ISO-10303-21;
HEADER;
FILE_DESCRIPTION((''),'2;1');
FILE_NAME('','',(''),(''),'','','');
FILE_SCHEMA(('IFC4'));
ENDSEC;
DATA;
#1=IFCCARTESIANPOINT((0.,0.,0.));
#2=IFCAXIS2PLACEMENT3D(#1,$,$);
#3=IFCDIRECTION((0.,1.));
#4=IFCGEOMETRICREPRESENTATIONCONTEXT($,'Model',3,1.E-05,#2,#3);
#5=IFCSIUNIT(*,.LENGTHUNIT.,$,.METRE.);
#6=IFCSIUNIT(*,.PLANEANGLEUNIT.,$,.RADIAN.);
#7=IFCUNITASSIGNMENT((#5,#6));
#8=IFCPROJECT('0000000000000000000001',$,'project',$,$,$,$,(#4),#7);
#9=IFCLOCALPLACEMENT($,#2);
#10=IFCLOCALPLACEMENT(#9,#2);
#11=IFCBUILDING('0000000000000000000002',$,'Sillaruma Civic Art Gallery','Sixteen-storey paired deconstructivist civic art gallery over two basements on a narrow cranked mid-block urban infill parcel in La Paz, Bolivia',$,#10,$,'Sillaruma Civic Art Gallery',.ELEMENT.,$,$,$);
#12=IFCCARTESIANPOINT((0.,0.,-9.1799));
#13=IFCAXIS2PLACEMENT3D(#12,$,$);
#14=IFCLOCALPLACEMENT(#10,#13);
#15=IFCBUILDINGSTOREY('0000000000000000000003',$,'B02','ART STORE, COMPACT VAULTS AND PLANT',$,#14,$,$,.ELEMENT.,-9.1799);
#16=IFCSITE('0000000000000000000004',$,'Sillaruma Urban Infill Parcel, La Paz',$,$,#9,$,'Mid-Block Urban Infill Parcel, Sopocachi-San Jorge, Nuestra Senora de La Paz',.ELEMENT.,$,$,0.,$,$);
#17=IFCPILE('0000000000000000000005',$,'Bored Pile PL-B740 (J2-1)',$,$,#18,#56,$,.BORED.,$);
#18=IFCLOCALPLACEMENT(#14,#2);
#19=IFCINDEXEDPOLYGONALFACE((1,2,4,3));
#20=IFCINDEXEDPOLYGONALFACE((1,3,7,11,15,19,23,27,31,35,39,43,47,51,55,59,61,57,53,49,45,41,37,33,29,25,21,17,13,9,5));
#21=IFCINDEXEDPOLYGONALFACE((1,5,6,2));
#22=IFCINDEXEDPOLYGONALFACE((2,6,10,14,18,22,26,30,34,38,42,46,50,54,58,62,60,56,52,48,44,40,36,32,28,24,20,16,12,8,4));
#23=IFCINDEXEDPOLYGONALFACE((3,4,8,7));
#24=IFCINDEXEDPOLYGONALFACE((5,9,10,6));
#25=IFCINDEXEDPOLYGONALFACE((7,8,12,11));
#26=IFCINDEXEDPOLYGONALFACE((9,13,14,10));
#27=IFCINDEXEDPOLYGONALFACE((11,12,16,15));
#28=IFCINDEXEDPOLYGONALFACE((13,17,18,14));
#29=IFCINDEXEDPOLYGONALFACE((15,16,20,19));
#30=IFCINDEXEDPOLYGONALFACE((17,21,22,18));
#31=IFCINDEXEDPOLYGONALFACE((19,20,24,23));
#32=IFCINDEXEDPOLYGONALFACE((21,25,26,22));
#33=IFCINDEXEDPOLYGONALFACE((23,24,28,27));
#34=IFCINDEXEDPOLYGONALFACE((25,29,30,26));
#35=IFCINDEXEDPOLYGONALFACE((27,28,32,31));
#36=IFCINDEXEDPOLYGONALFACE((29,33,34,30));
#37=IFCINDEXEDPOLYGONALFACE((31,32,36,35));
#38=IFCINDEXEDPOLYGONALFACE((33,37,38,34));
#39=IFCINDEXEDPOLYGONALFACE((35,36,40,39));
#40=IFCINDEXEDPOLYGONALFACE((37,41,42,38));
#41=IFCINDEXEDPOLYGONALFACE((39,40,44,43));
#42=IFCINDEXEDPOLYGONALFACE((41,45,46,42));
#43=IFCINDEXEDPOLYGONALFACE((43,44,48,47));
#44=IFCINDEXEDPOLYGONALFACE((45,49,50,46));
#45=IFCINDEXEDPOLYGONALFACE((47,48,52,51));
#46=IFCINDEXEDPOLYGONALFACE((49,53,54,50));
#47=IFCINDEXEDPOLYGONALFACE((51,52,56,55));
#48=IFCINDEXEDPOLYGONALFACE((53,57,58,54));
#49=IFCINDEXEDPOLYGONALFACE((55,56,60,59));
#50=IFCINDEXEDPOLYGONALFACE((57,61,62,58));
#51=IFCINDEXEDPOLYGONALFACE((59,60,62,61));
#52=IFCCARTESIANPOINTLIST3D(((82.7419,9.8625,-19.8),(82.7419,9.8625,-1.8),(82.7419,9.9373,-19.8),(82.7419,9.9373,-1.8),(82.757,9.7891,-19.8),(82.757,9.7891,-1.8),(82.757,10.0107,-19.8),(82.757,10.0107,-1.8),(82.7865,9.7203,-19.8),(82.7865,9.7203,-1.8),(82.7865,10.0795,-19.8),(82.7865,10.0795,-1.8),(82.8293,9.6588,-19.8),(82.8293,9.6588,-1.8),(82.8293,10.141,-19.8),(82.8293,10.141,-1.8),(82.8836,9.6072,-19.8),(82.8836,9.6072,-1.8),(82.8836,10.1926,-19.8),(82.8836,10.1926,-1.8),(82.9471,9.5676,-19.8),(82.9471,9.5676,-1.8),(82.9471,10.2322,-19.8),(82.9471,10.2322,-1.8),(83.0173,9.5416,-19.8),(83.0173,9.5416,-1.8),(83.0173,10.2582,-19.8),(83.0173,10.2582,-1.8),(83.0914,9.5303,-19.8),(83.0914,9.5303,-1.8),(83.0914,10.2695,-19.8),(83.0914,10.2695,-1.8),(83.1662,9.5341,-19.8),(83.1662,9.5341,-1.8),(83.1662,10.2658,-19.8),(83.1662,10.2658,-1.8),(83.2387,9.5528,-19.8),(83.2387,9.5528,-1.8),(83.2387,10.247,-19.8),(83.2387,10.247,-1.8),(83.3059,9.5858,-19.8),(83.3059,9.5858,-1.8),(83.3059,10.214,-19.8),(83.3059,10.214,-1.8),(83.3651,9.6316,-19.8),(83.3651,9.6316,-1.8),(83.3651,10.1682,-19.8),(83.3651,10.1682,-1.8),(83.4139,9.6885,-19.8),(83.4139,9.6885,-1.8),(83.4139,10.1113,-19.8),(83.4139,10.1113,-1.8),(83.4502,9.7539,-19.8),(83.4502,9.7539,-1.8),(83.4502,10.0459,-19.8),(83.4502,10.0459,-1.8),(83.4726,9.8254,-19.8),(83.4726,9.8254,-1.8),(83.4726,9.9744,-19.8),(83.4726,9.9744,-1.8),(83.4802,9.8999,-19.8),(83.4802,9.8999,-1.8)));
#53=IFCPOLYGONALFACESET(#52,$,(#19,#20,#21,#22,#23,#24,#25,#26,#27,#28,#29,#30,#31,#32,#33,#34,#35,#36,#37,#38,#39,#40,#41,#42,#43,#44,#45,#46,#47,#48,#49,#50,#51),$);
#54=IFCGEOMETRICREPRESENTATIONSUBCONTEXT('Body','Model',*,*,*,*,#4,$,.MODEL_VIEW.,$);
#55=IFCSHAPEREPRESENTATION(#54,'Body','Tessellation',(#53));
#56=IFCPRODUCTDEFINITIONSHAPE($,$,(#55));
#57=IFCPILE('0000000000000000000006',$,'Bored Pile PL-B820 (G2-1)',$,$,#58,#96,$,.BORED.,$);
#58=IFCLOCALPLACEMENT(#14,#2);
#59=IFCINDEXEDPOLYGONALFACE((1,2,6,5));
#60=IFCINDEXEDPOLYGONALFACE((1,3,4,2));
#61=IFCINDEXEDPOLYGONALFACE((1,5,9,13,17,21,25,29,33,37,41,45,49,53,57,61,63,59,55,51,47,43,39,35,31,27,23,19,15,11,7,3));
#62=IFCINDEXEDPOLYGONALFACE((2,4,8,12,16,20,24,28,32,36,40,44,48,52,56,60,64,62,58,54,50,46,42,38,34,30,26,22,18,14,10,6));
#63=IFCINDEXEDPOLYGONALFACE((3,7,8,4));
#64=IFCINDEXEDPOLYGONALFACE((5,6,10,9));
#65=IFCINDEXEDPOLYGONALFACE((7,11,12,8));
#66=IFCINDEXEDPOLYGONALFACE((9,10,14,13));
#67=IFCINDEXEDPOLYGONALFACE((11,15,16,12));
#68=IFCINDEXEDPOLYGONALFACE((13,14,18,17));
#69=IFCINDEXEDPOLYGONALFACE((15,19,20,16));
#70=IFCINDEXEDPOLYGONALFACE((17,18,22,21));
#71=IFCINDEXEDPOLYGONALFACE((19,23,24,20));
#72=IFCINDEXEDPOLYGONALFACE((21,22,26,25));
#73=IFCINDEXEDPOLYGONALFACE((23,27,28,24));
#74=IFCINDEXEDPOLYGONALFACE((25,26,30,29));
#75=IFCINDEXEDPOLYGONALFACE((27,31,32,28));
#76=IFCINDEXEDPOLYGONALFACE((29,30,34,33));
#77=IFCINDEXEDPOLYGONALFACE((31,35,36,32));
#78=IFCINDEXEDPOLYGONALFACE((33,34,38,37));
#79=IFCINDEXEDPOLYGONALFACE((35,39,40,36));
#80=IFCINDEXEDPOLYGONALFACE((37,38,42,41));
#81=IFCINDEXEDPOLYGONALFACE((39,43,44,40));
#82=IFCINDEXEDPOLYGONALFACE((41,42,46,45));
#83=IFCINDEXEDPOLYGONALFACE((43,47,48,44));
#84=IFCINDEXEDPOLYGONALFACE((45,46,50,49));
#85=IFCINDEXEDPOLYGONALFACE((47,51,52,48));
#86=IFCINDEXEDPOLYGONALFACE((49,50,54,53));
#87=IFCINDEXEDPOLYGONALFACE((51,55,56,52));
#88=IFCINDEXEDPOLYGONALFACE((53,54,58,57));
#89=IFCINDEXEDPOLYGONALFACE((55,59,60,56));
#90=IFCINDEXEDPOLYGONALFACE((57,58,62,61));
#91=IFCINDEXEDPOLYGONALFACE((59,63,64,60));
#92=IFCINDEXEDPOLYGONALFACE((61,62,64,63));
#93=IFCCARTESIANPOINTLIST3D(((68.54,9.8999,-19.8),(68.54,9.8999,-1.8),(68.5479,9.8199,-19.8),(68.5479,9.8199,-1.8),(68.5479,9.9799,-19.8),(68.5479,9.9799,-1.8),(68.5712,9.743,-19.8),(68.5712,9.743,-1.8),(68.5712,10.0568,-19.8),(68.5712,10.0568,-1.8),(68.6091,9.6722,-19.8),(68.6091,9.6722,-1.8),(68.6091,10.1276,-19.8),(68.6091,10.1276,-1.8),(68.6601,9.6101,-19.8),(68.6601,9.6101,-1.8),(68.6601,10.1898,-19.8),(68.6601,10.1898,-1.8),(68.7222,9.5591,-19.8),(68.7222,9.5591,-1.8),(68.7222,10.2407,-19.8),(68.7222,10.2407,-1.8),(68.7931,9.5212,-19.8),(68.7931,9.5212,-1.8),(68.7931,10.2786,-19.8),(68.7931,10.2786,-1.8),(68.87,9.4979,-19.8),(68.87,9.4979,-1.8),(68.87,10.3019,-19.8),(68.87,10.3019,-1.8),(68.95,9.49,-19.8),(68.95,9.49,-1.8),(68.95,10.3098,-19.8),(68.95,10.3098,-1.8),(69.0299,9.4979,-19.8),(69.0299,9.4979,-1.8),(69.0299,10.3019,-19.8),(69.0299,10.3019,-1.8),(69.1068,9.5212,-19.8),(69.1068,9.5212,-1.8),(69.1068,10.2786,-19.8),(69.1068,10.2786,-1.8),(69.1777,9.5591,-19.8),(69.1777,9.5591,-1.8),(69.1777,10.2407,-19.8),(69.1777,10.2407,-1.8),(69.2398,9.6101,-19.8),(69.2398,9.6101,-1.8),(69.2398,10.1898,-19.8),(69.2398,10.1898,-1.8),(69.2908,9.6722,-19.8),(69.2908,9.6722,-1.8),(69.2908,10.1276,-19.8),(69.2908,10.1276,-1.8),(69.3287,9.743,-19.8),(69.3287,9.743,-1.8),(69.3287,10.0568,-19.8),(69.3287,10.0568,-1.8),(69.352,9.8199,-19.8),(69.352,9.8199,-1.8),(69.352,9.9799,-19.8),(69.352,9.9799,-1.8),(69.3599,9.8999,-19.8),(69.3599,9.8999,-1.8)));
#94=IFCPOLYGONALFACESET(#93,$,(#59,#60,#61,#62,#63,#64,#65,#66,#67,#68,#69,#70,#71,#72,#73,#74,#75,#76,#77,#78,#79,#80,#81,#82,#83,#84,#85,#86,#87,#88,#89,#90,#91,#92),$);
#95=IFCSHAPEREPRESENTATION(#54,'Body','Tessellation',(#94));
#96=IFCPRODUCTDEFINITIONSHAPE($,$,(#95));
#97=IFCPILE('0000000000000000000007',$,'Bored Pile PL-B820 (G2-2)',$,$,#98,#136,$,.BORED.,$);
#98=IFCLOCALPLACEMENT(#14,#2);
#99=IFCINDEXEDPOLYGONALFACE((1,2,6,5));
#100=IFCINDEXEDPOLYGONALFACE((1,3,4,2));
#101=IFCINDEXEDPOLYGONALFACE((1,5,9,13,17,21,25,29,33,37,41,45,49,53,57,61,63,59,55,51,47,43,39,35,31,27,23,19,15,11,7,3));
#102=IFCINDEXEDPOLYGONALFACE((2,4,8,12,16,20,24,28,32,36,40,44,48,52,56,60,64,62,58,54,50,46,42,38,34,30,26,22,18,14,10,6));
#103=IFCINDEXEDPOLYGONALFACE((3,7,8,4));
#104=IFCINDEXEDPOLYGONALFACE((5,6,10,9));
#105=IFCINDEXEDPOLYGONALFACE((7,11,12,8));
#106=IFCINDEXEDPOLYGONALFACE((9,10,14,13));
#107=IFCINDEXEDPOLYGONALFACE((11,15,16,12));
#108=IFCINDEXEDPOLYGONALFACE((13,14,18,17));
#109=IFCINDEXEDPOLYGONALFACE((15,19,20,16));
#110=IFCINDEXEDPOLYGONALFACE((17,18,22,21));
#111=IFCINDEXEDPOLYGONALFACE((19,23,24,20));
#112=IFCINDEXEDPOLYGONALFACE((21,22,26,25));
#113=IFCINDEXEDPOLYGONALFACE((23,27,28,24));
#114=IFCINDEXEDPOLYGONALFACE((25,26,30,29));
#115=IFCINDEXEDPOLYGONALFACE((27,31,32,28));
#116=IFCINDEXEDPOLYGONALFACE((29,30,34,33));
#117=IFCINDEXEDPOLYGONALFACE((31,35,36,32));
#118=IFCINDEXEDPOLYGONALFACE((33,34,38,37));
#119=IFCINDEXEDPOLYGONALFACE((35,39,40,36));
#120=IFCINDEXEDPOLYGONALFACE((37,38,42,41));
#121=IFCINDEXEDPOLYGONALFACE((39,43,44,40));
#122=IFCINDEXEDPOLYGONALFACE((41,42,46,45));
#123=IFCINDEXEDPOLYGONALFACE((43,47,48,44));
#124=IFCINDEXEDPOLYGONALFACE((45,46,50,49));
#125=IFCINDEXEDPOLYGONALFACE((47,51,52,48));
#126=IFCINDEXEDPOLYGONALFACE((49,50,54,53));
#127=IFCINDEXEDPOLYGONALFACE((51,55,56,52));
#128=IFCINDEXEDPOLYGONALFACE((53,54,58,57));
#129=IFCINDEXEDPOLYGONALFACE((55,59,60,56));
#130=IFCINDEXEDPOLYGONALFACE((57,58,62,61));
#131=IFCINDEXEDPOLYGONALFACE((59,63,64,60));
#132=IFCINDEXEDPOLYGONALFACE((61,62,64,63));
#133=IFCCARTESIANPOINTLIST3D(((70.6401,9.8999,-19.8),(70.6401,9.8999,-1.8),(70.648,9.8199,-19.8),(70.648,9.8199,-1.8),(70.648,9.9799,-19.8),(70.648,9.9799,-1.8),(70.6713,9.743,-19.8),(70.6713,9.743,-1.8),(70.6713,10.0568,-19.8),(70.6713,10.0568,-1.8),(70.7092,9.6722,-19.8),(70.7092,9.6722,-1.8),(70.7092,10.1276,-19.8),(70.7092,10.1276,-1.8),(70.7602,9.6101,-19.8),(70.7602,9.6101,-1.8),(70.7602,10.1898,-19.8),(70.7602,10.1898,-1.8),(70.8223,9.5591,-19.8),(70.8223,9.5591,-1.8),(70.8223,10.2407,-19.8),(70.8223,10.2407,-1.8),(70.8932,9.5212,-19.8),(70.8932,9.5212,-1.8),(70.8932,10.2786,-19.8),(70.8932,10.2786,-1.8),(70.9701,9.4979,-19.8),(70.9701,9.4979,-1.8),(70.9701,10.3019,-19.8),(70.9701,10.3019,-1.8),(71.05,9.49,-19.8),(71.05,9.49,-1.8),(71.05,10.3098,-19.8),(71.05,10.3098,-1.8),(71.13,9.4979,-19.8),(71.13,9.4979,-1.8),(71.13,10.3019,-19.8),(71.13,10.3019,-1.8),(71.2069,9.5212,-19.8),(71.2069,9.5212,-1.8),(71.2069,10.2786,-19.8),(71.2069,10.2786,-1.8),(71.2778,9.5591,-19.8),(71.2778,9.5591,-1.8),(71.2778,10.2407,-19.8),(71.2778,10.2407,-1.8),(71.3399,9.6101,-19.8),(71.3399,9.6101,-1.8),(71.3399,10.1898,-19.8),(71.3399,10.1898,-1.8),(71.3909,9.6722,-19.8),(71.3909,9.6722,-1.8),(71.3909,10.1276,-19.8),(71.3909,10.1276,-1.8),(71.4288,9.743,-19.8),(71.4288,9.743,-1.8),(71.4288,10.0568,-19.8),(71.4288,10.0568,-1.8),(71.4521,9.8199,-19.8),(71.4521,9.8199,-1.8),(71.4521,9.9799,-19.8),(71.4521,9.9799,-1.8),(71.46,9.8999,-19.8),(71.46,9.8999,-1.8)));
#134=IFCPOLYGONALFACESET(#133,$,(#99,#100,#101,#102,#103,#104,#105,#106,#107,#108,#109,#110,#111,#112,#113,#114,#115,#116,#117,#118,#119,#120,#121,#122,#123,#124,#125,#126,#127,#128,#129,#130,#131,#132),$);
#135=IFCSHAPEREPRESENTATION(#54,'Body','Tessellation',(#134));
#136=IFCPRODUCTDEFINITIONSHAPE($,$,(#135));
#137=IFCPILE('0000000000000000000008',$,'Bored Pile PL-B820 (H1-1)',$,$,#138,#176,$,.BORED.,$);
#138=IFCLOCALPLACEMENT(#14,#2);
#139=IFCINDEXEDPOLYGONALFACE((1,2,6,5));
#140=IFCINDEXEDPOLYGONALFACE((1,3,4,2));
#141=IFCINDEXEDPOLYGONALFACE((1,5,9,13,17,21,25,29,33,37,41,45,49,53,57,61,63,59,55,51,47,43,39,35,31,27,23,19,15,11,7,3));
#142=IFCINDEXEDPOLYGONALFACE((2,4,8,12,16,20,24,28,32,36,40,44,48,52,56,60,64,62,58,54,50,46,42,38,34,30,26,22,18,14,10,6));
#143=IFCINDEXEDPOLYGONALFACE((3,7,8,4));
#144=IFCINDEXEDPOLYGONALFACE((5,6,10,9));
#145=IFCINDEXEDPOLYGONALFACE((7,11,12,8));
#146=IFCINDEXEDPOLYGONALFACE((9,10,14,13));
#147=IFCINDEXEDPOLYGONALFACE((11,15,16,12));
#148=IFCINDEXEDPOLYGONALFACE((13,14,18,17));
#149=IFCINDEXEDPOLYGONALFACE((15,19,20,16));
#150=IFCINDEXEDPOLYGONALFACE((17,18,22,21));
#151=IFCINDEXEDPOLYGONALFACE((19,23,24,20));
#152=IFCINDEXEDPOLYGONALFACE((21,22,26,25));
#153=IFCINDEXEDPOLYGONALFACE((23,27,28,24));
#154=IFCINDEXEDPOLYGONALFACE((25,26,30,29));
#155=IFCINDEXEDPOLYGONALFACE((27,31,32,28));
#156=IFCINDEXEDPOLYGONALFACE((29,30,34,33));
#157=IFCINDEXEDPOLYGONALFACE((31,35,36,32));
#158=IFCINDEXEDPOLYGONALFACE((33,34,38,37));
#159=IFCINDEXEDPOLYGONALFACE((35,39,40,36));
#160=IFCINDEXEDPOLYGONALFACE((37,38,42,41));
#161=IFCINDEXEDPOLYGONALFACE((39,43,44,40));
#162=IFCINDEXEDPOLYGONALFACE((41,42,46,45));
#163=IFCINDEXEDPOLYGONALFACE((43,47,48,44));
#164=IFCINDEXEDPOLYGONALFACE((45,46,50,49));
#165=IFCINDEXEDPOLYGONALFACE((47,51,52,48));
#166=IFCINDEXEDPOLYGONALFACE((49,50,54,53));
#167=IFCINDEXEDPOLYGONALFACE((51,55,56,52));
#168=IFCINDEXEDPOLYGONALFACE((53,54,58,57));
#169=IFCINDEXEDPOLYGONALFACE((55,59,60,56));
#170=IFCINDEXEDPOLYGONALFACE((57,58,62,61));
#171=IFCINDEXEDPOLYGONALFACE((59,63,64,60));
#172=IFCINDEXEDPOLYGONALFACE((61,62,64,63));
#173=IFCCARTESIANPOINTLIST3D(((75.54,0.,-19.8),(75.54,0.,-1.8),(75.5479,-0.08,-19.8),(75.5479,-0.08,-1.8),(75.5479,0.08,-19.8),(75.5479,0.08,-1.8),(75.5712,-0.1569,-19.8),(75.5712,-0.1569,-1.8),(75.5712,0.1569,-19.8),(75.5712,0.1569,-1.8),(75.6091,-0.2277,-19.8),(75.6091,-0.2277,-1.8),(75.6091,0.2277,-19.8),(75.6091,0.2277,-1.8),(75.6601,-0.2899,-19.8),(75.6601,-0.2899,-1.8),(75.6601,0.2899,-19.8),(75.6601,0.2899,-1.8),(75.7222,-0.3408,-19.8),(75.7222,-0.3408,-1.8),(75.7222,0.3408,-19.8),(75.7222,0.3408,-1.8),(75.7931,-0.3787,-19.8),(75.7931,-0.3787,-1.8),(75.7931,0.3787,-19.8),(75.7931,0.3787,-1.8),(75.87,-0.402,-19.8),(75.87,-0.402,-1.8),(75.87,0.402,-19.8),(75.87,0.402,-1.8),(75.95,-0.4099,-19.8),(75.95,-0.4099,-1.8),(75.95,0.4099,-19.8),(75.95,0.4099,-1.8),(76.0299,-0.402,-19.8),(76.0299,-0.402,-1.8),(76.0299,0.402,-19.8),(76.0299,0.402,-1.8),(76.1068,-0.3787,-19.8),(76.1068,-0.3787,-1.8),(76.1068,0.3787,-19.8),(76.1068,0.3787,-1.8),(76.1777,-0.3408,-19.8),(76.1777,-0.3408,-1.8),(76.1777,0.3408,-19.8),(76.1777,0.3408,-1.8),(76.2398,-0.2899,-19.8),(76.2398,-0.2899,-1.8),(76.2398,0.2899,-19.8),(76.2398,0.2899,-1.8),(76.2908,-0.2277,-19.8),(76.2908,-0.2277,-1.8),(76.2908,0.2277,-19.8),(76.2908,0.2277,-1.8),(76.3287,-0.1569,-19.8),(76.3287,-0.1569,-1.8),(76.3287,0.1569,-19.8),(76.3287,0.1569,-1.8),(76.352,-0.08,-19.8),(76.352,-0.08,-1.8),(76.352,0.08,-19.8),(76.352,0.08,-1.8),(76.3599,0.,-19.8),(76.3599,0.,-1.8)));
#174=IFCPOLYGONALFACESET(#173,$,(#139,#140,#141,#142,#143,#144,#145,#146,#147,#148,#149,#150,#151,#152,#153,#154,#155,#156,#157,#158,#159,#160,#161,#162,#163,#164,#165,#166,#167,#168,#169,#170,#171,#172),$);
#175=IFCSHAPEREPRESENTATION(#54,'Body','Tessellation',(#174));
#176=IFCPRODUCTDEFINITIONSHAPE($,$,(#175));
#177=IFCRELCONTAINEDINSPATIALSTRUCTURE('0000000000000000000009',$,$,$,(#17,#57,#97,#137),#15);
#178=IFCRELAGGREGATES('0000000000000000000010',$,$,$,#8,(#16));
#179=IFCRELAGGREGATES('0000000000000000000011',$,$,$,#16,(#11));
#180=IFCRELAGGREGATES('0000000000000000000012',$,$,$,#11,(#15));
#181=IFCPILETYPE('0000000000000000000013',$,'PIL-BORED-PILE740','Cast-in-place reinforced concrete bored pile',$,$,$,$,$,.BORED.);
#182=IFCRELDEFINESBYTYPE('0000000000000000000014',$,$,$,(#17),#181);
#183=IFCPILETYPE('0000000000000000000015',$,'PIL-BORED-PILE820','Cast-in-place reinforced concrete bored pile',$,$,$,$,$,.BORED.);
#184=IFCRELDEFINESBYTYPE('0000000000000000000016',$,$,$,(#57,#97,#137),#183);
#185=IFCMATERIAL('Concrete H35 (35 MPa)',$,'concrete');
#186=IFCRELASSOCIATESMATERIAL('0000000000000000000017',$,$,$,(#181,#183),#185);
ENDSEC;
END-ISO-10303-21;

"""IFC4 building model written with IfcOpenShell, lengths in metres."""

from ifc_helpers import new_model, si_unit, direction, frame, origin, origin_2d, place, context, subcontext, project, spatial, circle, extrude, material, material_profile, profile_set, type_object, element, save


model = new_model("IFC4")

# Units and contexts
model_context = context("Model", 3, precision=1e-05, world=origin(), true_north=direction((0.0, 1.0)))
body_context = subcontext(model_context, "Body", "Model", "MODEL_VIEW")
ifc_project = project(units=[si_unit("LENGTHUNIT", "METRE"), si_unit("PLANEANGLEUNIT", "RADIAN")], contexts=[model_context])

# Site, building, storey
site_placement = place(None, origin())
site = spatial("IfcSite", under=ifc_project, at=site_placement, Name="Sillaruma Urban Infill Parcel, La Paz", LongName="Mid-Block Urban Infill Parcel, Sopocachi-San Jorge, Nuestra Senora de La Paz", CompositionType="ELEMENT", RefElevation=0.0)
building_placement = place(site_placement, origin())
building = spatial("IfcBuilding", under=site, at=building_placement, Name="Sillaruma Civic Art Gallery", Description="Sixteen-storey paired deconstructivist civic art gallery over two basements on a narrow cranked mid-block urban infill parcel in La Paz, Bolivia", LongName="Sillaruma Civic Art Gallery", CompositionType="ELEMENT")
storey_placement = place(building_placement, frame((0.0, 0.0, -9.1799)))
storey = spatial("IfcBuildingStorey", under=building, at=storey_placement, Name="B02", Description="ART STORE, COMPACT VAULTS AND PLANT", CompositionType="ELEMENT", Elevation=-9.1799)

# Shared definitions
ifc_material_1 = material(Name="Concrete H35 (35 MPa)", Category="concrete")

# Piles
ifc_material_profile_1 = material_profile(ifc_material_1, circle(Radius=0.3701, at=origin_2d()), Name="PILE740")
ifc_profile_set_1 = profile_set([ifc_material_profile_1], Name="Concrete H35 (35 MPa)")
pile_type_1 = type_object("IfcPileType", Name="PIL-BORED-PILE740", Description="Cast-in-place reinforced concrete bored pile", PredefinedType="BORED", material=ifc_profile_set_1)
pile_1_placement = place(storey_placement, frame((83.1101, 9.8999, -1.8), z_axis=(0.0, 0.0, -1.0), x_axis=(1.0, 0.0, 0.0)))
element("IfcPile", 1, at=pile_1_placement, inside=storey, type_object=pile_type_1, Name="Bored Pile PL-B740 (J2-1)", PredefinedType="BORED", context=body_context, shape_type="SweptSolid", body=[
    extrude(circle(Radius=0.3701, at=origin_2d()), origin(), (0.0, 0.0, 1.0), 18.0),
])
ifc_material_profile_2 = material_profile(ifc_material_1, circle(Radius=0.4099, at=origin_2d()), Name="PILE820")
ifc_profile_set_2 = profile_set([ifc_material_profile_2], Name="Concrete H35 (35 MPa)")
pile_type_2 = type_object("IfcPileType", Name="PIL-BORED-PILE820", Description="Cast-in-place reinforced concrete bored pile", PredefinedType="BORED", material=ifc_profile_set_2)
for number, where, z_axis, x_axis, name in (
    (2, (68.95, 9.8999, -1.8), (0.0, 0.0, -1.0), (1.0, 0.0, 0.0), "Bored Pile PL-B820 (G2-1)"),
    (3, (71.05, 9.8999, -1.8), (0.0, 0.0, -1.0), (1.0, 0.0, 0.0), "Bored Pile PL-B820 (G2-2)"),
    (4, (75.95, 0.0, -1.8), (0.0, 0.0, -1.0), (1.0, 0.0, 0.0), "Bored Pile PL-B820 (H1-1)"),
):
    element("IfcPile", number, at=place(storey_placement, frame(where, z_axis=z_axis, x_axis=x_axis)), inside=storey, type_object=pile_type_2, Name=name, PredefinedType="BORED", context=body_context, shape_type="SweptSolid", body=[
        extrude(circle(Radius=0.4099, at=origin_2d()), origin(), (0.0, 0.0, 1.0), 18.0),
    ])

save(model, "model.ifc")
